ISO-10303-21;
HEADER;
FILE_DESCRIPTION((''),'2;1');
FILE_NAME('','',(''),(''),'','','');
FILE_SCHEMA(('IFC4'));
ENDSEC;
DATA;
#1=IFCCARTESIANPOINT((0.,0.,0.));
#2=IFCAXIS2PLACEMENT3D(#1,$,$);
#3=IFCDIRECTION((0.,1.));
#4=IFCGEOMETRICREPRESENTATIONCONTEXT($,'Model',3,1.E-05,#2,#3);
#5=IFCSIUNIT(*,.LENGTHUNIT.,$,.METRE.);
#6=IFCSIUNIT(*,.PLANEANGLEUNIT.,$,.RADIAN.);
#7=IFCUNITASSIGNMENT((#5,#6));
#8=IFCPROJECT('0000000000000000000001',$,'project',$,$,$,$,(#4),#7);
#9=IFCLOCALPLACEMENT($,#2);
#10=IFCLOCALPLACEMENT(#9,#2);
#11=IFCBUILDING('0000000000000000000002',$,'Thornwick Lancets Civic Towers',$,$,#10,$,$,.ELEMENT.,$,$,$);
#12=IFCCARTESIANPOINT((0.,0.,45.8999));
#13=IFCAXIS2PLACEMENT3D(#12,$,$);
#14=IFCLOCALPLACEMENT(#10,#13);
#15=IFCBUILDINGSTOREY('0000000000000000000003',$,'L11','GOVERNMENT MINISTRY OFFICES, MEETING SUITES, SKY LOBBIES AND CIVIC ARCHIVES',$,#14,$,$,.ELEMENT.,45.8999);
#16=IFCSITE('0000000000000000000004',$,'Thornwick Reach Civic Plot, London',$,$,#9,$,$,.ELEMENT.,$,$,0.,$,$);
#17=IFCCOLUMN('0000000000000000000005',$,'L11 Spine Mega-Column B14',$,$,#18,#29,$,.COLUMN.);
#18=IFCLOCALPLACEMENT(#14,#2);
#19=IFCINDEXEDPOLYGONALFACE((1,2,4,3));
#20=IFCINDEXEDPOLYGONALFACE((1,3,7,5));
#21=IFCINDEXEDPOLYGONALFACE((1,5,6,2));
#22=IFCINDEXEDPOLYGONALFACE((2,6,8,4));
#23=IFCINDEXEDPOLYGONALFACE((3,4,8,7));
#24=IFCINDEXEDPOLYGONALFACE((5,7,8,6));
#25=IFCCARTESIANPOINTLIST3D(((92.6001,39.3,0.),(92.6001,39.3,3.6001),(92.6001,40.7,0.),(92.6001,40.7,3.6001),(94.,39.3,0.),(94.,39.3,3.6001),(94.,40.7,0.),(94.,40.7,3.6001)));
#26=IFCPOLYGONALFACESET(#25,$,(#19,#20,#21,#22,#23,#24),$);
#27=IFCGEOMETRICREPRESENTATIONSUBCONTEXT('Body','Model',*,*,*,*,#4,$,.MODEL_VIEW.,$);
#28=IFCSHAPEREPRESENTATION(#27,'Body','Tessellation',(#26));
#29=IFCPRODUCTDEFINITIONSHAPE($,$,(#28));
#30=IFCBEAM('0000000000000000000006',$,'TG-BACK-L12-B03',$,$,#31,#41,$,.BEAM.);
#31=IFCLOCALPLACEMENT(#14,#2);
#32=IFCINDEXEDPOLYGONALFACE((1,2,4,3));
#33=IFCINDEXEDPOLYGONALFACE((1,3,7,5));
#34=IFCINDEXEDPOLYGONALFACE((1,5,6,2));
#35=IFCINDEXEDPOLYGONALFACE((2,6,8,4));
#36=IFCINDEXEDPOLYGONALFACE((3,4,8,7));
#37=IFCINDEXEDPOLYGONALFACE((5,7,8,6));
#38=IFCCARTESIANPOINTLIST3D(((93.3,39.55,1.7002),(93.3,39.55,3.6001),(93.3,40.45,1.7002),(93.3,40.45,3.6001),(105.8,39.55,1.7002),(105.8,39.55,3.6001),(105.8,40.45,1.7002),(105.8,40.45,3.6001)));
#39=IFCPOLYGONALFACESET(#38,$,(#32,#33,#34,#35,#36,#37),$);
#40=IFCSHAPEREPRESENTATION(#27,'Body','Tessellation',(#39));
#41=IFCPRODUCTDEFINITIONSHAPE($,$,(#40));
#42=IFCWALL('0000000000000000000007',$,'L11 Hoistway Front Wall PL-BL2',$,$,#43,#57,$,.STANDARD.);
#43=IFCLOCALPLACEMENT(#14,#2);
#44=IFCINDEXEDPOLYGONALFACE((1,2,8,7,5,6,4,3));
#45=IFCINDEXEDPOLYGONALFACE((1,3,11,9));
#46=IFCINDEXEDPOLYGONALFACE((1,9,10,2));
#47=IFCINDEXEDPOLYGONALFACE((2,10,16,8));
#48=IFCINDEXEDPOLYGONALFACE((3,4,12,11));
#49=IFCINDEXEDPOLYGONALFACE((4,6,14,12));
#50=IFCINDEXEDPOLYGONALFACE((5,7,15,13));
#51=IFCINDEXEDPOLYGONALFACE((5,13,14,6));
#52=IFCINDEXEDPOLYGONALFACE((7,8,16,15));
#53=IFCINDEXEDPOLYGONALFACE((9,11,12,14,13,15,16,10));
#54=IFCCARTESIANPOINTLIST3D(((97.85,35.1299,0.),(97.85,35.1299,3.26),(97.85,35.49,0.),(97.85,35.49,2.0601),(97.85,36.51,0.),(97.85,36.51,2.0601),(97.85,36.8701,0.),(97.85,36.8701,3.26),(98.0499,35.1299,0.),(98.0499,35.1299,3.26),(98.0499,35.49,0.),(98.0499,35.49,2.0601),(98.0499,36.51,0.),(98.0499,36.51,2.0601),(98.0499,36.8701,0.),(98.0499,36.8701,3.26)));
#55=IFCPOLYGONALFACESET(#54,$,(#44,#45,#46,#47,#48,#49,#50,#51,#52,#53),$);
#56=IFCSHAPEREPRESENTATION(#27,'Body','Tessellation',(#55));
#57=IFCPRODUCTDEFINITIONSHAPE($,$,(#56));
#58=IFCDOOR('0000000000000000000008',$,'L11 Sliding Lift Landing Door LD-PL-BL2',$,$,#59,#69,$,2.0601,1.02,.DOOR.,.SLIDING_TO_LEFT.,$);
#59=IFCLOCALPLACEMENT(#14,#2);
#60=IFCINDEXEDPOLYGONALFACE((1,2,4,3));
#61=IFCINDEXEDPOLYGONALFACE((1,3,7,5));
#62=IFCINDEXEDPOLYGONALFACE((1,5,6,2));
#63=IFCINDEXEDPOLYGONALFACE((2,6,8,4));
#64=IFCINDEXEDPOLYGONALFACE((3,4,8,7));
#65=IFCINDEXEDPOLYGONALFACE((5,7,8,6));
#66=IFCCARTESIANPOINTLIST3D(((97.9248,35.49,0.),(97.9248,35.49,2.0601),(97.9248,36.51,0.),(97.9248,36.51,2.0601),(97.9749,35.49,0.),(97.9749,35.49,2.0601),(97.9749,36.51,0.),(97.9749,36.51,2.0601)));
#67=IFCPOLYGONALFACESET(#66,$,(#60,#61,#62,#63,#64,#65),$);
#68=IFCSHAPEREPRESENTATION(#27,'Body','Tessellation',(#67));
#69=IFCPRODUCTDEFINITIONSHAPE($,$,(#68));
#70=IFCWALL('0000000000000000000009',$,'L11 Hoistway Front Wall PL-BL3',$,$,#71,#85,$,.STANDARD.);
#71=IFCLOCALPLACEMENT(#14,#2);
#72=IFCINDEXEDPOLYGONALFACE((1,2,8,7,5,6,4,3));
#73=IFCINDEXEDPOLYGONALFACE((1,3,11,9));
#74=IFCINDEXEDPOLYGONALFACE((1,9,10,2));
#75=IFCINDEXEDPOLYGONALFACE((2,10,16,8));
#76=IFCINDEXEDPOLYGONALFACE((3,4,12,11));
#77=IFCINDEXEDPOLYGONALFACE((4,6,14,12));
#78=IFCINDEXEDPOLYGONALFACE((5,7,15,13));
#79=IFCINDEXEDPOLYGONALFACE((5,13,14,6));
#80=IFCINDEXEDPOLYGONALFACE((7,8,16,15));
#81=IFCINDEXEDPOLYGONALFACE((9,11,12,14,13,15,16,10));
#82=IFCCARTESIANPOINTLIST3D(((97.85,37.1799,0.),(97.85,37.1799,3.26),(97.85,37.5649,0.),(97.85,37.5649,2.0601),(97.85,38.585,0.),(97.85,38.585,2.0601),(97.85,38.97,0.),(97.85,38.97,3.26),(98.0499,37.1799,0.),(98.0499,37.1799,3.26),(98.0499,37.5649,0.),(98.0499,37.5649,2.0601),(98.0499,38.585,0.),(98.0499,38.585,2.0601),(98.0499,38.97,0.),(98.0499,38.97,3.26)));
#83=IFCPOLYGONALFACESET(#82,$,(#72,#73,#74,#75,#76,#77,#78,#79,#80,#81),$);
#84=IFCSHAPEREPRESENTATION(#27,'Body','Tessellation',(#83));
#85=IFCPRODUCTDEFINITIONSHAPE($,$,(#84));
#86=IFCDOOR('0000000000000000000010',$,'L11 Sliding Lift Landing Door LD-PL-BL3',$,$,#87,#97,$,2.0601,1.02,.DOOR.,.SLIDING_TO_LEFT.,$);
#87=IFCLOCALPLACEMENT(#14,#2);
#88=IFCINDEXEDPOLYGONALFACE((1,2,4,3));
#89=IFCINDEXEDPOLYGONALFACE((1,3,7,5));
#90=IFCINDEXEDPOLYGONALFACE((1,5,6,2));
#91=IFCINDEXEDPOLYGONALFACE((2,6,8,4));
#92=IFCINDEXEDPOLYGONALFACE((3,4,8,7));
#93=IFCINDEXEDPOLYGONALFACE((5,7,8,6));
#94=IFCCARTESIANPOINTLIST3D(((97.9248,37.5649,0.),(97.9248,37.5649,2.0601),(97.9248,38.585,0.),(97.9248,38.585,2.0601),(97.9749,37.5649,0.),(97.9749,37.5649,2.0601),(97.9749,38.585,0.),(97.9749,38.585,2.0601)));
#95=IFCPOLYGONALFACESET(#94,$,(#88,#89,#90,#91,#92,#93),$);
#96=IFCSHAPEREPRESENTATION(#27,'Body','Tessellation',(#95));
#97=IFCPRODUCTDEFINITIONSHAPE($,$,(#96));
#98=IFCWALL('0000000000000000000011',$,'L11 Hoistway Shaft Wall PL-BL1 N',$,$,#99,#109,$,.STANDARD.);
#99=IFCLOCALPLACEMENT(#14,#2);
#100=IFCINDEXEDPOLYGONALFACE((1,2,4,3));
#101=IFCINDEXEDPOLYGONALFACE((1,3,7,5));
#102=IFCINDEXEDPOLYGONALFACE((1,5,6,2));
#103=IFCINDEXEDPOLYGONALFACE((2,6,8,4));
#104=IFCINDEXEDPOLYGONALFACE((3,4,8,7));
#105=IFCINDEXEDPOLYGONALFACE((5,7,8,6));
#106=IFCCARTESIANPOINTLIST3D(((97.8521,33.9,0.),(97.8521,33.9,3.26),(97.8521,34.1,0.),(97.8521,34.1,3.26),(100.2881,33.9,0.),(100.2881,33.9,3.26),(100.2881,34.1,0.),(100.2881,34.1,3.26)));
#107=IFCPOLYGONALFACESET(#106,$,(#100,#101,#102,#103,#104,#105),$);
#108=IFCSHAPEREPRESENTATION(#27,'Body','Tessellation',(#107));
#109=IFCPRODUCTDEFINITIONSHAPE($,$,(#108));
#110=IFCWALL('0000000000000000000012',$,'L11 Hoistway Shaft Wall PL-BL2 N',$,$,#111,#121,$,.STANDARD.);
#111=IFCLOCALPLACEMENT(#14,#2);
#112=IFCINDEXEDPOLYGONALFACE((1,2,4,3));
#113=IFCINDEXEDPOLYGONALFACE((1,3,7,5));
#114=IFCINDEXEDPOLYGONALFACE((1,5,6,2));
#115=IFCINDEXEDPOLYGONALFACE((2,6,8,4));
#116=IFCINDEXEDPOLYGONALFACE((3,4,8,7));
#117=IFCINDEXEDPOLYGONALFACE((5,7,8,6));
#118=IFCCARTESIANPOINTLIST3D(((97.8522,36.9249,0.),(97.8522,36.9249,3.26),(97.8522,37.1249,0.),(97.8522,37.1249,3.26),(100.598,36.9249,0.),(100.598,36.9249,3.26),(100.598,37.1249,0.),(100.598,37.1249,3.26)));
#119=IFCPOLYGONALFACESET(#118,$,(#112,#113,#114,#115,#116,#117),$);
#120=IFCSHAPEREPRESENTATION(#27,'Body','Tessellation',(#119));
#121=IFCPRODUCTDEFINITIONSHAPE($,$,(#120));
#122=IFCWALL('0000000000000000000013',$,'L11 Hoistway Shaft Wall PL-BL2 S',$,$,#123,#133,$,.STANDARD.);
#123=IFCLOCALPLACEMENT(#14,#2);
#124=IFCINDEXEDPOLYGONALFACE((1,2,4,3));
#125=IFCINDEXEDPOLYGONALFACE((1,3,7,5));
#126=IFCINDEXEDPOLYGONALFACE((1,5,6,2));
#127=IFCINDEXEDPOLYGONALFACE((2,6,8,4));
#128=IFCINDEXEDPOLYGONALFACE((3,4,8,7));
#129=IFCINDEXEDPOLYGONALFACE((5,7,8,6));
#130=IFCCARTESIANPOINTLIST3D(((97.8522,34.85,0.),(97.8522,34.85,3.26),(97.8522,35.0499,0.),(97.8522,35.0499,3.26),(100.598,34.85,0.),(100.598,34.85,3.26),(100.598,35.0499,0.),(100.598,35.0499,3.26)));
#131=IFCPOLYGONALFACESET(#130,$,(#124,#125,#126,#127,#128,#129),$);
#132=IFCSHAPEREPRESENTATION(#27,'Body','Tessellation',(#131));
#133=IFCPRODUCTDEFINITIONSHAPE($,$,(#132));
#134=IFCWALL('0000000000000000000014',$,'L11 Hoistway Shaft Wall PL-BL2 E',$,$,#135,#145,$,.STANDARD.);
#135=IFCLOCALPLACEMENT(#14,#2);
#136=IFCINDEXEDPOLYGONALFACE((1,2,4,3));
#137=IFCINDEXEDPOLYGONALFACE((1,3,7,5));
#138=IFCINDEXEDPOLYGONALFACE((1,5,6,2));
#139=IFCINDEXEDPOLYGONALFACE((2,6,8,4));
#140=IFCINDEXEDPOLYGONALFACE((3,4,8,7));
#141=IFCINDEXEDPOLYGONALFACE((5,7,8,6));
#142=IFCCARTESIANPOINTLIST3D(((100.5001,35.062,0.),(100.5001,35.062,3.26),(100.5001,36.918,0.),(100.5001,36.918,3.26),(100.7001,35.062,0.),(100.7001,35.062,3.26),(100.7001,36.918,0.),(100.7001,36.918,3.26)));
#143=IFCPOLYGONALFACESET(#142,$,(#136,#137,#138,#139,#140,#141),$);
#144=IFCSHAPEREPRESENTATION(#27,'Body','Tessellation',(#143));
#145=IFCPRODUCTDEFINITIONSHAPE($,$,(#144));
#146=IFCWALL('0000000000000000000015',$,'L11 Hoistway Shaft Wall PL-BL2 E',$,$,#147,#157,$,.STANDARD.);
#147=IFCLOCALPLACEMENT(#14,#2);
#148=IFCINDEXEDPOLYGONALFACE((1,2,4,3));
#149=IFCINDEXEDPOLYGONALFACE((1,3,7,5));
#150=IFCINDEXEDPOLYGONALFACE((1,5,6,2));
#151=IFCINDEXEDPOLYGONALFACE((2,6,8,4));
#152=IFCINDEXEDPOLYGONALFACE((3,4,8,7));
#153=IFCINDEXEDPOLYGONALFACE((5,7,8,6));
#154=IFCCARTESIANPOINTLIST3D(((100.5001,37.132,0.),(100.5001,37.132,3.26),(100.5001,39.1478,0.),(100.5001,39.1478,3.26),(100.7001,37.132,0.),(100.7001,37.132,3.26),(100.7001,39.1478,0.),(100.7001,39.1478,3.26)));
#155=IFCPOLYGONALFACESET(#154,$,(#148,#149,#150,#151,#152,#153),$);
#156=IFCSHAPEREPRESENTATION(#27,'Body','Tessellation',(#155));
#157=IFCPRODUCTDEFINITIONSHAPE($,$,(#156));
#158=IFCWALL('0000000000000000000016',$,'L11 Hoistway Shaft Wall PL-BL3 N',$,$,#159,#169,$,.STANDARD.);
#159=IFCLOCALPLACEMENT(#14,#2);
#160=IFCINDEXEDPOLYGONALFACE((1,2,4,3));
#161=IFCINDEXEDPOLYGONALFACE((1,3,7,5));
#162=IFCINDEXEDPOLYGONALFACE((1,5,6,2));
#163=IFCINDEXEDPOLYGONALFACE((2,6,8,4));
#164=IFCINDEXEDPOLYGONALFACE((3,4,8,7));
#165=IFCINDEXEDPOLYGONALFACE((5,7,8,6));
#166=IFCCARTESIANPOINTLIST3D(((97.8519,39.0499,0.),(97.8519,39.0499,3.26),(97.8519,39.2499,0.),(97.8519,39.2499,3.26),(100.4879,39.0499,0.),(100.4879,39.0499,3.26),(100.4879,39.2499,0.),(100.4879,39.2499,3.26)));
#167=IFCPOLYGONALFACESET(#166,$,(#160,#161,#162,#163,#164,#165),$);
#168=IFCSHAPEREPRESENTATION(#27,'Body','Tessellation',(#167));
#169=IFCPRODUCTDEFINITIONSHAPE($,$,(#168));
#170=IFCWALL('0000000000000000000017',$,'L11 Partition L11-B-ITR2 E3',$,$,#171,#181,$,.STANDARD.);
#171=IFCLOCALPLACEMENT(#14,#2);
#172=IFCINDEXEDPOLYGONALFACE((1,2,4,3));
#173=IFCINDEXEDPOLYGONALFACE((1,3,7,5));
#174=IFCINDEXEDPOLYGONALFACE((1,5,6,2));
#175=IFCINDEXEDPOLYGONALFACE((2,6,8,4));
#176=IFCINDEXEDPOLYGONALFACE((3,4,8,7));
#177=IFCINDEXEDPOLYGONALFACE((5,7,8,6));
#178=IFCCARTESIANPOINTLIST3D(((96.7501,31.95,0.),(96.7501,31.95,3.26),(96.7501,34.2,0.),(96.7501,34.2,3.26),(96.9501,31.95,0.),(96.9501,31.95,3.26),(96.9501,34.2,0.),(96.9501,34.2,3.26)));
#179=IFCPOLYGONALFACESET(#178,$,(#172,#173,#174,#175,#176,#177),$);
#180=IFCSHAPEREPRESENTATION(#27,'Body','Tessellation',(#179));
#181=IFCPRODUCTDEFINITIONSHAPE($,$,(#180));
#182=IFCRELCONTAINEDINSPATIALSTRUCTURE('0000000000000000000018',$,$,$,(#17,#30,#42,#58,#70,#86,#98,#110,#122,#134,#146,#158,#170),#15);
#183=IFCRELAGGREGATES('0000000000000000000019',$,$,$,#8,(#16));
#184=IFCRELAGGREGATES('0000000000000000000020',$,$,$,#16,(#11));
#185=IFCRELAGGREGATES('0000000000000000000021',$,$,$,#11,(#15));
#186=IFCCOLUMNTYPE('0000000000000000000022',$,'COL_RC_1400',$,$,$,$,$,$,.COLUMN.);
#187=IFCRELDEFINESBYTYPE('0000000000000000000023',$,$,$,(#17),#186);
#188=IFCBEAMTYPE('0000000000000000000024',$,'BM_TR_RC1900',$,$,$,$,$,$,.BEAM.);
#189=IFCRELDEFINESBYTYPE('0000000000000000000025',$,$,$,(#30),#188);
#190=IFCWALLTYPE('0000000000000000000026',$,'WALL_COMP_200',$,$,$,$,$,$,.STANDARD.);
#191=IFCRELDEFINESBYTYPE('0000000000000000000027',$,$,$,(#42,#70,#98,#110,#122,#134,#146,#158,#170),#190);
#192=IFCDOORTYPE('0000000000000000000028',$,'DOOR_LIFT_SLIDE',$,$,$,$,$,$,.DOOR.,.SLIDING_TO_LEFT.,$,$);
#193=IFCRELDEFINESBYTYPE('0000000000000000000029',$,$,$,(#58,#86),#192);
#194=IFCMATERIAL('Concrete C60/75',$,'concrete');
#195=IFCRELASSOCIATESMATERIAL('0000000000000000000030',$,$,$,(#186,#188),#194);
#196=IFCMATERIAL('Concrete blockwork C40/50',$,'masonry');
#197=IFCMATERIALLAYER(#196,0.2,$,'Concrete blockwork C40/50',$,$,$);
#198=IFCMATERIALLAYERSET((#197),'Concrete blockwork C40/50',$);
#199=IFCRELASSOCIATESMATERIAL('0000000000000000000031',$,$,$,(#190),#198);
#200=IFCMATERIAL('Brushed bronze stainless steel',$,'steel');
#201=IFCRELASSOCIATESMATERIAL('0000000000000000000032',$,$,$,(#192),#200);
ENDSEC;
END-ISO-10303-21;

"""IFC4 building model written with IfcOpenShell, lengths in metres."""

from ifc_helpers import new_model, si_unit, direction, frame, frame_2d, origin, origin_2d, place, context, subcontext, project, spatial, rectangle, extrude, material, layer, layer_set, material_profile, profile_set, type_object, element, fill, save


model = new_model("IFC4")

# Units and contexts
model_context = context("Model", 3, precision=1e-05, world=origin(), true_north=direction((0.0, 1.0)))
body_context = subcontext(model_context, "Body", "Model", "MODEL_VIEW")
ifc_project = project(units=[si_unit("LENGTHUNIT", "METRE"), si_unit("PLANEANGLEUNIT", "RADIAN")], contexts=[model_context])

# Site, building, storey
site_placement = place(None, origin())
site = spatial("IfcSite", under=ifc_project, at=site_placement, Name="Thornwick Reach Civic Plot, London", CompositionType="ELEMENT", RefElevation=0.0)
building_placement = place(site_placement, origin())
building = spatial("IfcBuilding", under=site, at=building_placement, Name="Thornwick Lancets Civic Towers", CompositionType="ELEMENT")
storey_placement = place(building_placement, frame((0.0, 0.0, 45.8999)))
storey = spatial("IfcBuildingStorey", under=building, at=storey_placement, Name="L11", Description="GOVERNMENT MINISTRY OFFICES, MEETING SUITES, SKY LOBBIES AND CIVIC ARCHIVES", CompositionType="ELEMENT", Elevation=45.8999)

# Column
ifc_material_1 = material(Name="Concrete C60/75", Category="concrete")
ifc_material_profile_1 = material_profile(ifc_material_1, rectangle(XDim=1.3999, YDim=1.3999, at=origin_2d()), Name="RC 1400x1400")
ifc_profile_set_1 = profile_set([ifc_material_profile_1], Name="Concrete C60/75")
column_type = type_object("IfcColumnType", Name="COL_RC_1400", PredefinedType="COLUMN", material=ifc_profile_set_1)
column_placement = place(storey_placement, frame((93.3, 40.0, 0.0), z_axis=(0.0, 0.0, 1.0), x_axis=(1.0, 0.0, 0.0)))
element("IfcColumn", 1, at=column_placement, inside=storey, type_object=column_type, Name="L11 Spine Mega-Column B14", PredefinedType="COLUMN", context=body_context, shape_type="SweptSolid", body=[
    extrude(rectangle(XDim=1.3999, YDim=1.3999, at=origin_2d()), origin(), (0.0, 0.0, 1.0), 3.6001),
])

# Beam
ifc_material_profile_2 = material_profile(ifc_material_1, rectangle(XDim=0.8999, YDim=1.8999, at=origin_2d()), Name="RC 900x1900")
ifc_profile_set_2 = profile_set([ifc_material_profile_2], Name="Concrete C60/75")
beam_type = type_object("IfcBeamType", Name="BM_TR_RC1900", PredefinedType="BEAM", material=ifc_profile_set_2)
beam_placement = place(storey_placement, frame((93.3, 40.0, 2.6501), z_axis=(1.0, 0.0, 0.0), x_axis=(0.0, 1.0, 0.0)))
element("IfcBeam", 2, at=beam_placement, inside=storey, type_object=beam_type, Name="TG-BACK-L12-B03", PredefinedType="BEAM", context=body_context, shape_type="SweptSolid", body=[
    extrude(rectangle(XDim=0.8999, YDim=1.8999, at=origin_2d()), origin(), (0.0, 0.0, 1.0), 12.5),
])

# Walls, openings, doors
ifc_material_2 = material(Name="Concrete blockwork C40/50", Category="masonry")
ifc_layer_1 = layer(ifc_material_2, 0.2, Name="Concrete blockwork C40/50")
ifc_layer_set_1 = layer_set([ifc_layer_1], Name="Concrete blockwork C40/50")
wall_type_1 = type_object("IfcWallType", Name="WALL_COMP_200", PredefinedType="STANDARD", material=ifc_layer_set_1)
wall_1_placement = place(storey_placement, frame((97.95, 36.8701, 0.0), z_axis=(0.0, 0.0, 1.0), x_axis=(0.0, -1.0, 0.0)))
wall_1 = element("IfcWall", 3, at=wall_1_placement, inside=storey, type_object=wall_type_1, Name="L11 Hoistway Front Wall PL-BL2", PredefinedType="STANDARD", context=body_context, shape_type="SweptSolid", body=[
    extrude(rectangle(XDim=1.7402, YDim=0.2, at=frame_2d((0.8701, 0.0))), origin(), (0.0, 0.0, 1.0), 3.26),
])
opening_1_placement = place(wall_1_placement, frame((0.3601, 0.0, 0.0)))
opening_1 = element("IfcOpeningElement", 4, at=opening_1_placement, cuts=wall_1, PredefinedType="OPENING", context=body_context, shape_type="SweptSolid", body=[
    extrude(rectangle(XDim=1.02, YDim=2.0601, at=frame_2d((0.51, 1.03))), frame((0.0, 0.1099, 0.0), z_axis=(0.0, -1.0, 0.0), x_axis=(1.0, 0.0, 0.0)), (0.0, 0.0, 1.0), 0.22),
])
ifc_material_3 = material(Name="Brushed bronze stainless steel", Category="steel")
door_type_1 = type_object("IfcDoorType", Name="DOOR_LIFT_SLIDE", OperationType="SLIDING_TO_LEFT", PredefinedType="DOOR", material=ifc_material_3)
door_1_placement = place(opening_1_placement, origin())
door_1 = element("IfcDoor", 5, at=door_1_placement, inside=storey, type_object=door_type_1, Name="L11 Sliding Lift Landing Door LD-PL-BL2", OperationType="SLIDING_TO_LEFT", OverallHeight=2.0601, OverallWidth=1.02, PredefinedType="DOOR", context=body_context, shape_type="SweptSolid", body=[
    extrude(rectangle(XDim=1.02, YDim=2.0601, at=frame_2d((0.51, 1.03))), frame((0.0, 0.0249, 0.0), z_axis=(0.0, -1.0, 0.0), x_axis=(1.0, 0.0, 0.0)), (0.0, 0.0, 1.0), 0.05),
])
fill(opening_1, door_1)
wall_2_placement = place(storey_placement, frame((97.95, 38.97, 0.0), z_axis=(0.0, 0.0, 1.0), x_axis=(0.0, -1.0, 0.0)))
wall_2 = element("IfcWall", 6, at=wall_2_placement, inside=storey, type_object=wall_type_1, Name="L11 Hoistway Front Wall PL-BL3", PredefinedType="STANDARD", context=body_context, shape_type="SweptSolid", body=[
    extrude(rectangle(XDim=1.79, YDim=0.2, at=frame_2d((0.895, 0.0))), origin(), (0.0, 0.0, 1.0), 3.26),
])
opening_2_placement = place(wall_2_placement, frame((0.385, 0.0, 0.0)))
opening_2 = element("IfcOpeningElement", 7, at=opening_2_placement, cuts=wall_2, PredefinedType="OPENING", context=body_context, shape_type="SweptSolid", body=[
    extrude(rectangle(XDim=1.02, YDim=2.0601, at=frame_2d((0.51, 1.03))), frame((0.0, 0.1099, 0.0), z_axis=(0.0, -1.0, 0.0), x_axis=(1.0, 0.0, 0.0)), (0.0, 0.0, 1.0), 0.22),
])
door_2_placement = place(opening_2_placement, origin())
door_2 = element("IfcDoor", 8, at=door_2_placement, inside=storey, type_object=door_type_1, Name="L11 Sliding Lift Landing Door LD-PL-BL3", OperationType="SLIDING_TO_LEFT", OverallHeight=2.0601, OverallWidth=1.02, PredefinedType="DOOR", context=body_context, shape_type="SweptSolid", body=[
    extrude(rectangle(XDim=1.02, YDim=2.0601, at=frame_2d((0.51, 1.03))), frame((0.0, 0.0249, 0.0), z_axis=(0.0, -1.0, 0.0), x_axis=(1.0, 0.0, 0.0)), (0.0, 0.0, 1.0), 0.05),
])
fill(opening_2, door_2)

# Walls
wall_3_placement = place(storey_placement, frame((97.8521, 34.0, 0.0), z_axis=(0.0, 0.0, 1.0), x_axis=(1.0, 0.0, 0.0)))
element("IfcWall", 9, at=wall_3_placement, inside=storey, type_object=wall_type_1, Name="L11 Hoistway Shaft Wall PL-BL1 N", PredefinedType="STANDARD", context=body_context, shape_type="SweptSolid", body=[
    extrude(rectangle(XDim=2.436, YDim=0.2, at=frame_2d((1.218, 0.0))), origin(), (0.0, 0.0, 1.0), 3.26),
])
for number, where, z_axis, x_axis, name in (
    (10, (97.8521, 37.0249, 0.0), (0.0, 0.0, 1.0), (1.0, 0.0, 0.0), "L11 Hoistway Shaft Wall PL-BL2 N"),
    (11, (97.8521, 34.95, 0.0), (0.0, 0.0, 1.0), (1.0, 0.0, 0.0), "L11 Hoistway Shaft Wall PL-BL2 S"),
):
    element("IfcWall", number, at=place(storey_placement, frame(where, z_axis=z_axis, x_axis=x_axis)), inside=storey, type_object=wall_type_1, Name=name, PredefinedType="STANDARD", context=body_context, shape_type="SweptSolid", body=[
        extrude(rectangle(XDim=2.7458, YDim=0.2, at=frame_2d((1.373, 0.0))), origin(), (0.0, 0.0, 1.0), 3.26),
    ])
wall_4_placement = place(storey_placement, frame((100.6001, 35.062, 0.0), z_axis=(0.0, 0.0, 1.0), x_axis=(0.0, 1.0, 0.0)))
element("IfcWall", 12, at=wall_4_placement, inside=storey, type_object=wall_type_1, Name="L11 Hoistway Shaft Wall PL-BL2 E", PredefinedType="STANDARD", context=body_context, shape_type="SweptSolid", body=[
    extrude(rectangle(XDim=1.856, YDim=0.2, at=frame_2d((0.928, 0.0))), origin(), (0.0, 0.0, 1.0), 3.26),
])
wall_5_placement = place(storey_placement, frame((100.6001, 37.1321, 0.0), z_axis=(0.0, 0.0, 1.0), x_axis=(0.0, 1.0, 0.0)))
element("IfcWall", 13, at=wall_5_placement, inside=storey, type_object=wall_type_1, Name="L11 Hoistway Shaft Wall PL-BL2 E", PredefinedType="STANDARD", context=body_context, shape_type="SweptSolid", body=[
    extrude(rectangle(XDim=2.0159, YDim=0.2, at=frame_2d((1.0078, 0.0))), origin(), (0.0, 0.0, 1.0), 3.26),
])
wall_6_placement = place(storey_placement, frame((97.8521, 39.1499, 0.0), z_axis=(0.0, 0.0, 1.0), x_axis=(1.0, 0.0, 0.0)))
element("IfcWall", 14, at=wall_6_placement, inside=storey, type_object=wall_type_1, Name="L11 Hoistway Shaft Wall PL-BL3 N", PredefinedType="STANDARD", context=body_context, shape_type="SweptSolid", body=[
    extrude(rectangle(XDim=2.636, YDim=0.2, at=frame_2d((1.3179, 0.0))), origin(), (0.0, 0.0, 1.0), 3.26),
])
wall_7_placement = place(storey_placement, frame((96.8501, 34.2, 0.0), z_axis=(0.0, 0.0, 1.0), x_axis=(0.0, -1.0, 0.0)))
element("IfcWall", 15, at=wall_7_placement, inside=storey, type_object=wall_type_1, Name="L11 Partition L11-B-ITR2 E3", PredefinedType="STANDARD", context=body_context, shape_type="SweptSolid", body=[
    extrude(rectangle(XDim=2.25, YDim=0.2, at=frame_2d((1.125, 0.0))), origin(), (0.0, 0.0, 1.0), 3.26),
])

save(model, "model.ifc")
